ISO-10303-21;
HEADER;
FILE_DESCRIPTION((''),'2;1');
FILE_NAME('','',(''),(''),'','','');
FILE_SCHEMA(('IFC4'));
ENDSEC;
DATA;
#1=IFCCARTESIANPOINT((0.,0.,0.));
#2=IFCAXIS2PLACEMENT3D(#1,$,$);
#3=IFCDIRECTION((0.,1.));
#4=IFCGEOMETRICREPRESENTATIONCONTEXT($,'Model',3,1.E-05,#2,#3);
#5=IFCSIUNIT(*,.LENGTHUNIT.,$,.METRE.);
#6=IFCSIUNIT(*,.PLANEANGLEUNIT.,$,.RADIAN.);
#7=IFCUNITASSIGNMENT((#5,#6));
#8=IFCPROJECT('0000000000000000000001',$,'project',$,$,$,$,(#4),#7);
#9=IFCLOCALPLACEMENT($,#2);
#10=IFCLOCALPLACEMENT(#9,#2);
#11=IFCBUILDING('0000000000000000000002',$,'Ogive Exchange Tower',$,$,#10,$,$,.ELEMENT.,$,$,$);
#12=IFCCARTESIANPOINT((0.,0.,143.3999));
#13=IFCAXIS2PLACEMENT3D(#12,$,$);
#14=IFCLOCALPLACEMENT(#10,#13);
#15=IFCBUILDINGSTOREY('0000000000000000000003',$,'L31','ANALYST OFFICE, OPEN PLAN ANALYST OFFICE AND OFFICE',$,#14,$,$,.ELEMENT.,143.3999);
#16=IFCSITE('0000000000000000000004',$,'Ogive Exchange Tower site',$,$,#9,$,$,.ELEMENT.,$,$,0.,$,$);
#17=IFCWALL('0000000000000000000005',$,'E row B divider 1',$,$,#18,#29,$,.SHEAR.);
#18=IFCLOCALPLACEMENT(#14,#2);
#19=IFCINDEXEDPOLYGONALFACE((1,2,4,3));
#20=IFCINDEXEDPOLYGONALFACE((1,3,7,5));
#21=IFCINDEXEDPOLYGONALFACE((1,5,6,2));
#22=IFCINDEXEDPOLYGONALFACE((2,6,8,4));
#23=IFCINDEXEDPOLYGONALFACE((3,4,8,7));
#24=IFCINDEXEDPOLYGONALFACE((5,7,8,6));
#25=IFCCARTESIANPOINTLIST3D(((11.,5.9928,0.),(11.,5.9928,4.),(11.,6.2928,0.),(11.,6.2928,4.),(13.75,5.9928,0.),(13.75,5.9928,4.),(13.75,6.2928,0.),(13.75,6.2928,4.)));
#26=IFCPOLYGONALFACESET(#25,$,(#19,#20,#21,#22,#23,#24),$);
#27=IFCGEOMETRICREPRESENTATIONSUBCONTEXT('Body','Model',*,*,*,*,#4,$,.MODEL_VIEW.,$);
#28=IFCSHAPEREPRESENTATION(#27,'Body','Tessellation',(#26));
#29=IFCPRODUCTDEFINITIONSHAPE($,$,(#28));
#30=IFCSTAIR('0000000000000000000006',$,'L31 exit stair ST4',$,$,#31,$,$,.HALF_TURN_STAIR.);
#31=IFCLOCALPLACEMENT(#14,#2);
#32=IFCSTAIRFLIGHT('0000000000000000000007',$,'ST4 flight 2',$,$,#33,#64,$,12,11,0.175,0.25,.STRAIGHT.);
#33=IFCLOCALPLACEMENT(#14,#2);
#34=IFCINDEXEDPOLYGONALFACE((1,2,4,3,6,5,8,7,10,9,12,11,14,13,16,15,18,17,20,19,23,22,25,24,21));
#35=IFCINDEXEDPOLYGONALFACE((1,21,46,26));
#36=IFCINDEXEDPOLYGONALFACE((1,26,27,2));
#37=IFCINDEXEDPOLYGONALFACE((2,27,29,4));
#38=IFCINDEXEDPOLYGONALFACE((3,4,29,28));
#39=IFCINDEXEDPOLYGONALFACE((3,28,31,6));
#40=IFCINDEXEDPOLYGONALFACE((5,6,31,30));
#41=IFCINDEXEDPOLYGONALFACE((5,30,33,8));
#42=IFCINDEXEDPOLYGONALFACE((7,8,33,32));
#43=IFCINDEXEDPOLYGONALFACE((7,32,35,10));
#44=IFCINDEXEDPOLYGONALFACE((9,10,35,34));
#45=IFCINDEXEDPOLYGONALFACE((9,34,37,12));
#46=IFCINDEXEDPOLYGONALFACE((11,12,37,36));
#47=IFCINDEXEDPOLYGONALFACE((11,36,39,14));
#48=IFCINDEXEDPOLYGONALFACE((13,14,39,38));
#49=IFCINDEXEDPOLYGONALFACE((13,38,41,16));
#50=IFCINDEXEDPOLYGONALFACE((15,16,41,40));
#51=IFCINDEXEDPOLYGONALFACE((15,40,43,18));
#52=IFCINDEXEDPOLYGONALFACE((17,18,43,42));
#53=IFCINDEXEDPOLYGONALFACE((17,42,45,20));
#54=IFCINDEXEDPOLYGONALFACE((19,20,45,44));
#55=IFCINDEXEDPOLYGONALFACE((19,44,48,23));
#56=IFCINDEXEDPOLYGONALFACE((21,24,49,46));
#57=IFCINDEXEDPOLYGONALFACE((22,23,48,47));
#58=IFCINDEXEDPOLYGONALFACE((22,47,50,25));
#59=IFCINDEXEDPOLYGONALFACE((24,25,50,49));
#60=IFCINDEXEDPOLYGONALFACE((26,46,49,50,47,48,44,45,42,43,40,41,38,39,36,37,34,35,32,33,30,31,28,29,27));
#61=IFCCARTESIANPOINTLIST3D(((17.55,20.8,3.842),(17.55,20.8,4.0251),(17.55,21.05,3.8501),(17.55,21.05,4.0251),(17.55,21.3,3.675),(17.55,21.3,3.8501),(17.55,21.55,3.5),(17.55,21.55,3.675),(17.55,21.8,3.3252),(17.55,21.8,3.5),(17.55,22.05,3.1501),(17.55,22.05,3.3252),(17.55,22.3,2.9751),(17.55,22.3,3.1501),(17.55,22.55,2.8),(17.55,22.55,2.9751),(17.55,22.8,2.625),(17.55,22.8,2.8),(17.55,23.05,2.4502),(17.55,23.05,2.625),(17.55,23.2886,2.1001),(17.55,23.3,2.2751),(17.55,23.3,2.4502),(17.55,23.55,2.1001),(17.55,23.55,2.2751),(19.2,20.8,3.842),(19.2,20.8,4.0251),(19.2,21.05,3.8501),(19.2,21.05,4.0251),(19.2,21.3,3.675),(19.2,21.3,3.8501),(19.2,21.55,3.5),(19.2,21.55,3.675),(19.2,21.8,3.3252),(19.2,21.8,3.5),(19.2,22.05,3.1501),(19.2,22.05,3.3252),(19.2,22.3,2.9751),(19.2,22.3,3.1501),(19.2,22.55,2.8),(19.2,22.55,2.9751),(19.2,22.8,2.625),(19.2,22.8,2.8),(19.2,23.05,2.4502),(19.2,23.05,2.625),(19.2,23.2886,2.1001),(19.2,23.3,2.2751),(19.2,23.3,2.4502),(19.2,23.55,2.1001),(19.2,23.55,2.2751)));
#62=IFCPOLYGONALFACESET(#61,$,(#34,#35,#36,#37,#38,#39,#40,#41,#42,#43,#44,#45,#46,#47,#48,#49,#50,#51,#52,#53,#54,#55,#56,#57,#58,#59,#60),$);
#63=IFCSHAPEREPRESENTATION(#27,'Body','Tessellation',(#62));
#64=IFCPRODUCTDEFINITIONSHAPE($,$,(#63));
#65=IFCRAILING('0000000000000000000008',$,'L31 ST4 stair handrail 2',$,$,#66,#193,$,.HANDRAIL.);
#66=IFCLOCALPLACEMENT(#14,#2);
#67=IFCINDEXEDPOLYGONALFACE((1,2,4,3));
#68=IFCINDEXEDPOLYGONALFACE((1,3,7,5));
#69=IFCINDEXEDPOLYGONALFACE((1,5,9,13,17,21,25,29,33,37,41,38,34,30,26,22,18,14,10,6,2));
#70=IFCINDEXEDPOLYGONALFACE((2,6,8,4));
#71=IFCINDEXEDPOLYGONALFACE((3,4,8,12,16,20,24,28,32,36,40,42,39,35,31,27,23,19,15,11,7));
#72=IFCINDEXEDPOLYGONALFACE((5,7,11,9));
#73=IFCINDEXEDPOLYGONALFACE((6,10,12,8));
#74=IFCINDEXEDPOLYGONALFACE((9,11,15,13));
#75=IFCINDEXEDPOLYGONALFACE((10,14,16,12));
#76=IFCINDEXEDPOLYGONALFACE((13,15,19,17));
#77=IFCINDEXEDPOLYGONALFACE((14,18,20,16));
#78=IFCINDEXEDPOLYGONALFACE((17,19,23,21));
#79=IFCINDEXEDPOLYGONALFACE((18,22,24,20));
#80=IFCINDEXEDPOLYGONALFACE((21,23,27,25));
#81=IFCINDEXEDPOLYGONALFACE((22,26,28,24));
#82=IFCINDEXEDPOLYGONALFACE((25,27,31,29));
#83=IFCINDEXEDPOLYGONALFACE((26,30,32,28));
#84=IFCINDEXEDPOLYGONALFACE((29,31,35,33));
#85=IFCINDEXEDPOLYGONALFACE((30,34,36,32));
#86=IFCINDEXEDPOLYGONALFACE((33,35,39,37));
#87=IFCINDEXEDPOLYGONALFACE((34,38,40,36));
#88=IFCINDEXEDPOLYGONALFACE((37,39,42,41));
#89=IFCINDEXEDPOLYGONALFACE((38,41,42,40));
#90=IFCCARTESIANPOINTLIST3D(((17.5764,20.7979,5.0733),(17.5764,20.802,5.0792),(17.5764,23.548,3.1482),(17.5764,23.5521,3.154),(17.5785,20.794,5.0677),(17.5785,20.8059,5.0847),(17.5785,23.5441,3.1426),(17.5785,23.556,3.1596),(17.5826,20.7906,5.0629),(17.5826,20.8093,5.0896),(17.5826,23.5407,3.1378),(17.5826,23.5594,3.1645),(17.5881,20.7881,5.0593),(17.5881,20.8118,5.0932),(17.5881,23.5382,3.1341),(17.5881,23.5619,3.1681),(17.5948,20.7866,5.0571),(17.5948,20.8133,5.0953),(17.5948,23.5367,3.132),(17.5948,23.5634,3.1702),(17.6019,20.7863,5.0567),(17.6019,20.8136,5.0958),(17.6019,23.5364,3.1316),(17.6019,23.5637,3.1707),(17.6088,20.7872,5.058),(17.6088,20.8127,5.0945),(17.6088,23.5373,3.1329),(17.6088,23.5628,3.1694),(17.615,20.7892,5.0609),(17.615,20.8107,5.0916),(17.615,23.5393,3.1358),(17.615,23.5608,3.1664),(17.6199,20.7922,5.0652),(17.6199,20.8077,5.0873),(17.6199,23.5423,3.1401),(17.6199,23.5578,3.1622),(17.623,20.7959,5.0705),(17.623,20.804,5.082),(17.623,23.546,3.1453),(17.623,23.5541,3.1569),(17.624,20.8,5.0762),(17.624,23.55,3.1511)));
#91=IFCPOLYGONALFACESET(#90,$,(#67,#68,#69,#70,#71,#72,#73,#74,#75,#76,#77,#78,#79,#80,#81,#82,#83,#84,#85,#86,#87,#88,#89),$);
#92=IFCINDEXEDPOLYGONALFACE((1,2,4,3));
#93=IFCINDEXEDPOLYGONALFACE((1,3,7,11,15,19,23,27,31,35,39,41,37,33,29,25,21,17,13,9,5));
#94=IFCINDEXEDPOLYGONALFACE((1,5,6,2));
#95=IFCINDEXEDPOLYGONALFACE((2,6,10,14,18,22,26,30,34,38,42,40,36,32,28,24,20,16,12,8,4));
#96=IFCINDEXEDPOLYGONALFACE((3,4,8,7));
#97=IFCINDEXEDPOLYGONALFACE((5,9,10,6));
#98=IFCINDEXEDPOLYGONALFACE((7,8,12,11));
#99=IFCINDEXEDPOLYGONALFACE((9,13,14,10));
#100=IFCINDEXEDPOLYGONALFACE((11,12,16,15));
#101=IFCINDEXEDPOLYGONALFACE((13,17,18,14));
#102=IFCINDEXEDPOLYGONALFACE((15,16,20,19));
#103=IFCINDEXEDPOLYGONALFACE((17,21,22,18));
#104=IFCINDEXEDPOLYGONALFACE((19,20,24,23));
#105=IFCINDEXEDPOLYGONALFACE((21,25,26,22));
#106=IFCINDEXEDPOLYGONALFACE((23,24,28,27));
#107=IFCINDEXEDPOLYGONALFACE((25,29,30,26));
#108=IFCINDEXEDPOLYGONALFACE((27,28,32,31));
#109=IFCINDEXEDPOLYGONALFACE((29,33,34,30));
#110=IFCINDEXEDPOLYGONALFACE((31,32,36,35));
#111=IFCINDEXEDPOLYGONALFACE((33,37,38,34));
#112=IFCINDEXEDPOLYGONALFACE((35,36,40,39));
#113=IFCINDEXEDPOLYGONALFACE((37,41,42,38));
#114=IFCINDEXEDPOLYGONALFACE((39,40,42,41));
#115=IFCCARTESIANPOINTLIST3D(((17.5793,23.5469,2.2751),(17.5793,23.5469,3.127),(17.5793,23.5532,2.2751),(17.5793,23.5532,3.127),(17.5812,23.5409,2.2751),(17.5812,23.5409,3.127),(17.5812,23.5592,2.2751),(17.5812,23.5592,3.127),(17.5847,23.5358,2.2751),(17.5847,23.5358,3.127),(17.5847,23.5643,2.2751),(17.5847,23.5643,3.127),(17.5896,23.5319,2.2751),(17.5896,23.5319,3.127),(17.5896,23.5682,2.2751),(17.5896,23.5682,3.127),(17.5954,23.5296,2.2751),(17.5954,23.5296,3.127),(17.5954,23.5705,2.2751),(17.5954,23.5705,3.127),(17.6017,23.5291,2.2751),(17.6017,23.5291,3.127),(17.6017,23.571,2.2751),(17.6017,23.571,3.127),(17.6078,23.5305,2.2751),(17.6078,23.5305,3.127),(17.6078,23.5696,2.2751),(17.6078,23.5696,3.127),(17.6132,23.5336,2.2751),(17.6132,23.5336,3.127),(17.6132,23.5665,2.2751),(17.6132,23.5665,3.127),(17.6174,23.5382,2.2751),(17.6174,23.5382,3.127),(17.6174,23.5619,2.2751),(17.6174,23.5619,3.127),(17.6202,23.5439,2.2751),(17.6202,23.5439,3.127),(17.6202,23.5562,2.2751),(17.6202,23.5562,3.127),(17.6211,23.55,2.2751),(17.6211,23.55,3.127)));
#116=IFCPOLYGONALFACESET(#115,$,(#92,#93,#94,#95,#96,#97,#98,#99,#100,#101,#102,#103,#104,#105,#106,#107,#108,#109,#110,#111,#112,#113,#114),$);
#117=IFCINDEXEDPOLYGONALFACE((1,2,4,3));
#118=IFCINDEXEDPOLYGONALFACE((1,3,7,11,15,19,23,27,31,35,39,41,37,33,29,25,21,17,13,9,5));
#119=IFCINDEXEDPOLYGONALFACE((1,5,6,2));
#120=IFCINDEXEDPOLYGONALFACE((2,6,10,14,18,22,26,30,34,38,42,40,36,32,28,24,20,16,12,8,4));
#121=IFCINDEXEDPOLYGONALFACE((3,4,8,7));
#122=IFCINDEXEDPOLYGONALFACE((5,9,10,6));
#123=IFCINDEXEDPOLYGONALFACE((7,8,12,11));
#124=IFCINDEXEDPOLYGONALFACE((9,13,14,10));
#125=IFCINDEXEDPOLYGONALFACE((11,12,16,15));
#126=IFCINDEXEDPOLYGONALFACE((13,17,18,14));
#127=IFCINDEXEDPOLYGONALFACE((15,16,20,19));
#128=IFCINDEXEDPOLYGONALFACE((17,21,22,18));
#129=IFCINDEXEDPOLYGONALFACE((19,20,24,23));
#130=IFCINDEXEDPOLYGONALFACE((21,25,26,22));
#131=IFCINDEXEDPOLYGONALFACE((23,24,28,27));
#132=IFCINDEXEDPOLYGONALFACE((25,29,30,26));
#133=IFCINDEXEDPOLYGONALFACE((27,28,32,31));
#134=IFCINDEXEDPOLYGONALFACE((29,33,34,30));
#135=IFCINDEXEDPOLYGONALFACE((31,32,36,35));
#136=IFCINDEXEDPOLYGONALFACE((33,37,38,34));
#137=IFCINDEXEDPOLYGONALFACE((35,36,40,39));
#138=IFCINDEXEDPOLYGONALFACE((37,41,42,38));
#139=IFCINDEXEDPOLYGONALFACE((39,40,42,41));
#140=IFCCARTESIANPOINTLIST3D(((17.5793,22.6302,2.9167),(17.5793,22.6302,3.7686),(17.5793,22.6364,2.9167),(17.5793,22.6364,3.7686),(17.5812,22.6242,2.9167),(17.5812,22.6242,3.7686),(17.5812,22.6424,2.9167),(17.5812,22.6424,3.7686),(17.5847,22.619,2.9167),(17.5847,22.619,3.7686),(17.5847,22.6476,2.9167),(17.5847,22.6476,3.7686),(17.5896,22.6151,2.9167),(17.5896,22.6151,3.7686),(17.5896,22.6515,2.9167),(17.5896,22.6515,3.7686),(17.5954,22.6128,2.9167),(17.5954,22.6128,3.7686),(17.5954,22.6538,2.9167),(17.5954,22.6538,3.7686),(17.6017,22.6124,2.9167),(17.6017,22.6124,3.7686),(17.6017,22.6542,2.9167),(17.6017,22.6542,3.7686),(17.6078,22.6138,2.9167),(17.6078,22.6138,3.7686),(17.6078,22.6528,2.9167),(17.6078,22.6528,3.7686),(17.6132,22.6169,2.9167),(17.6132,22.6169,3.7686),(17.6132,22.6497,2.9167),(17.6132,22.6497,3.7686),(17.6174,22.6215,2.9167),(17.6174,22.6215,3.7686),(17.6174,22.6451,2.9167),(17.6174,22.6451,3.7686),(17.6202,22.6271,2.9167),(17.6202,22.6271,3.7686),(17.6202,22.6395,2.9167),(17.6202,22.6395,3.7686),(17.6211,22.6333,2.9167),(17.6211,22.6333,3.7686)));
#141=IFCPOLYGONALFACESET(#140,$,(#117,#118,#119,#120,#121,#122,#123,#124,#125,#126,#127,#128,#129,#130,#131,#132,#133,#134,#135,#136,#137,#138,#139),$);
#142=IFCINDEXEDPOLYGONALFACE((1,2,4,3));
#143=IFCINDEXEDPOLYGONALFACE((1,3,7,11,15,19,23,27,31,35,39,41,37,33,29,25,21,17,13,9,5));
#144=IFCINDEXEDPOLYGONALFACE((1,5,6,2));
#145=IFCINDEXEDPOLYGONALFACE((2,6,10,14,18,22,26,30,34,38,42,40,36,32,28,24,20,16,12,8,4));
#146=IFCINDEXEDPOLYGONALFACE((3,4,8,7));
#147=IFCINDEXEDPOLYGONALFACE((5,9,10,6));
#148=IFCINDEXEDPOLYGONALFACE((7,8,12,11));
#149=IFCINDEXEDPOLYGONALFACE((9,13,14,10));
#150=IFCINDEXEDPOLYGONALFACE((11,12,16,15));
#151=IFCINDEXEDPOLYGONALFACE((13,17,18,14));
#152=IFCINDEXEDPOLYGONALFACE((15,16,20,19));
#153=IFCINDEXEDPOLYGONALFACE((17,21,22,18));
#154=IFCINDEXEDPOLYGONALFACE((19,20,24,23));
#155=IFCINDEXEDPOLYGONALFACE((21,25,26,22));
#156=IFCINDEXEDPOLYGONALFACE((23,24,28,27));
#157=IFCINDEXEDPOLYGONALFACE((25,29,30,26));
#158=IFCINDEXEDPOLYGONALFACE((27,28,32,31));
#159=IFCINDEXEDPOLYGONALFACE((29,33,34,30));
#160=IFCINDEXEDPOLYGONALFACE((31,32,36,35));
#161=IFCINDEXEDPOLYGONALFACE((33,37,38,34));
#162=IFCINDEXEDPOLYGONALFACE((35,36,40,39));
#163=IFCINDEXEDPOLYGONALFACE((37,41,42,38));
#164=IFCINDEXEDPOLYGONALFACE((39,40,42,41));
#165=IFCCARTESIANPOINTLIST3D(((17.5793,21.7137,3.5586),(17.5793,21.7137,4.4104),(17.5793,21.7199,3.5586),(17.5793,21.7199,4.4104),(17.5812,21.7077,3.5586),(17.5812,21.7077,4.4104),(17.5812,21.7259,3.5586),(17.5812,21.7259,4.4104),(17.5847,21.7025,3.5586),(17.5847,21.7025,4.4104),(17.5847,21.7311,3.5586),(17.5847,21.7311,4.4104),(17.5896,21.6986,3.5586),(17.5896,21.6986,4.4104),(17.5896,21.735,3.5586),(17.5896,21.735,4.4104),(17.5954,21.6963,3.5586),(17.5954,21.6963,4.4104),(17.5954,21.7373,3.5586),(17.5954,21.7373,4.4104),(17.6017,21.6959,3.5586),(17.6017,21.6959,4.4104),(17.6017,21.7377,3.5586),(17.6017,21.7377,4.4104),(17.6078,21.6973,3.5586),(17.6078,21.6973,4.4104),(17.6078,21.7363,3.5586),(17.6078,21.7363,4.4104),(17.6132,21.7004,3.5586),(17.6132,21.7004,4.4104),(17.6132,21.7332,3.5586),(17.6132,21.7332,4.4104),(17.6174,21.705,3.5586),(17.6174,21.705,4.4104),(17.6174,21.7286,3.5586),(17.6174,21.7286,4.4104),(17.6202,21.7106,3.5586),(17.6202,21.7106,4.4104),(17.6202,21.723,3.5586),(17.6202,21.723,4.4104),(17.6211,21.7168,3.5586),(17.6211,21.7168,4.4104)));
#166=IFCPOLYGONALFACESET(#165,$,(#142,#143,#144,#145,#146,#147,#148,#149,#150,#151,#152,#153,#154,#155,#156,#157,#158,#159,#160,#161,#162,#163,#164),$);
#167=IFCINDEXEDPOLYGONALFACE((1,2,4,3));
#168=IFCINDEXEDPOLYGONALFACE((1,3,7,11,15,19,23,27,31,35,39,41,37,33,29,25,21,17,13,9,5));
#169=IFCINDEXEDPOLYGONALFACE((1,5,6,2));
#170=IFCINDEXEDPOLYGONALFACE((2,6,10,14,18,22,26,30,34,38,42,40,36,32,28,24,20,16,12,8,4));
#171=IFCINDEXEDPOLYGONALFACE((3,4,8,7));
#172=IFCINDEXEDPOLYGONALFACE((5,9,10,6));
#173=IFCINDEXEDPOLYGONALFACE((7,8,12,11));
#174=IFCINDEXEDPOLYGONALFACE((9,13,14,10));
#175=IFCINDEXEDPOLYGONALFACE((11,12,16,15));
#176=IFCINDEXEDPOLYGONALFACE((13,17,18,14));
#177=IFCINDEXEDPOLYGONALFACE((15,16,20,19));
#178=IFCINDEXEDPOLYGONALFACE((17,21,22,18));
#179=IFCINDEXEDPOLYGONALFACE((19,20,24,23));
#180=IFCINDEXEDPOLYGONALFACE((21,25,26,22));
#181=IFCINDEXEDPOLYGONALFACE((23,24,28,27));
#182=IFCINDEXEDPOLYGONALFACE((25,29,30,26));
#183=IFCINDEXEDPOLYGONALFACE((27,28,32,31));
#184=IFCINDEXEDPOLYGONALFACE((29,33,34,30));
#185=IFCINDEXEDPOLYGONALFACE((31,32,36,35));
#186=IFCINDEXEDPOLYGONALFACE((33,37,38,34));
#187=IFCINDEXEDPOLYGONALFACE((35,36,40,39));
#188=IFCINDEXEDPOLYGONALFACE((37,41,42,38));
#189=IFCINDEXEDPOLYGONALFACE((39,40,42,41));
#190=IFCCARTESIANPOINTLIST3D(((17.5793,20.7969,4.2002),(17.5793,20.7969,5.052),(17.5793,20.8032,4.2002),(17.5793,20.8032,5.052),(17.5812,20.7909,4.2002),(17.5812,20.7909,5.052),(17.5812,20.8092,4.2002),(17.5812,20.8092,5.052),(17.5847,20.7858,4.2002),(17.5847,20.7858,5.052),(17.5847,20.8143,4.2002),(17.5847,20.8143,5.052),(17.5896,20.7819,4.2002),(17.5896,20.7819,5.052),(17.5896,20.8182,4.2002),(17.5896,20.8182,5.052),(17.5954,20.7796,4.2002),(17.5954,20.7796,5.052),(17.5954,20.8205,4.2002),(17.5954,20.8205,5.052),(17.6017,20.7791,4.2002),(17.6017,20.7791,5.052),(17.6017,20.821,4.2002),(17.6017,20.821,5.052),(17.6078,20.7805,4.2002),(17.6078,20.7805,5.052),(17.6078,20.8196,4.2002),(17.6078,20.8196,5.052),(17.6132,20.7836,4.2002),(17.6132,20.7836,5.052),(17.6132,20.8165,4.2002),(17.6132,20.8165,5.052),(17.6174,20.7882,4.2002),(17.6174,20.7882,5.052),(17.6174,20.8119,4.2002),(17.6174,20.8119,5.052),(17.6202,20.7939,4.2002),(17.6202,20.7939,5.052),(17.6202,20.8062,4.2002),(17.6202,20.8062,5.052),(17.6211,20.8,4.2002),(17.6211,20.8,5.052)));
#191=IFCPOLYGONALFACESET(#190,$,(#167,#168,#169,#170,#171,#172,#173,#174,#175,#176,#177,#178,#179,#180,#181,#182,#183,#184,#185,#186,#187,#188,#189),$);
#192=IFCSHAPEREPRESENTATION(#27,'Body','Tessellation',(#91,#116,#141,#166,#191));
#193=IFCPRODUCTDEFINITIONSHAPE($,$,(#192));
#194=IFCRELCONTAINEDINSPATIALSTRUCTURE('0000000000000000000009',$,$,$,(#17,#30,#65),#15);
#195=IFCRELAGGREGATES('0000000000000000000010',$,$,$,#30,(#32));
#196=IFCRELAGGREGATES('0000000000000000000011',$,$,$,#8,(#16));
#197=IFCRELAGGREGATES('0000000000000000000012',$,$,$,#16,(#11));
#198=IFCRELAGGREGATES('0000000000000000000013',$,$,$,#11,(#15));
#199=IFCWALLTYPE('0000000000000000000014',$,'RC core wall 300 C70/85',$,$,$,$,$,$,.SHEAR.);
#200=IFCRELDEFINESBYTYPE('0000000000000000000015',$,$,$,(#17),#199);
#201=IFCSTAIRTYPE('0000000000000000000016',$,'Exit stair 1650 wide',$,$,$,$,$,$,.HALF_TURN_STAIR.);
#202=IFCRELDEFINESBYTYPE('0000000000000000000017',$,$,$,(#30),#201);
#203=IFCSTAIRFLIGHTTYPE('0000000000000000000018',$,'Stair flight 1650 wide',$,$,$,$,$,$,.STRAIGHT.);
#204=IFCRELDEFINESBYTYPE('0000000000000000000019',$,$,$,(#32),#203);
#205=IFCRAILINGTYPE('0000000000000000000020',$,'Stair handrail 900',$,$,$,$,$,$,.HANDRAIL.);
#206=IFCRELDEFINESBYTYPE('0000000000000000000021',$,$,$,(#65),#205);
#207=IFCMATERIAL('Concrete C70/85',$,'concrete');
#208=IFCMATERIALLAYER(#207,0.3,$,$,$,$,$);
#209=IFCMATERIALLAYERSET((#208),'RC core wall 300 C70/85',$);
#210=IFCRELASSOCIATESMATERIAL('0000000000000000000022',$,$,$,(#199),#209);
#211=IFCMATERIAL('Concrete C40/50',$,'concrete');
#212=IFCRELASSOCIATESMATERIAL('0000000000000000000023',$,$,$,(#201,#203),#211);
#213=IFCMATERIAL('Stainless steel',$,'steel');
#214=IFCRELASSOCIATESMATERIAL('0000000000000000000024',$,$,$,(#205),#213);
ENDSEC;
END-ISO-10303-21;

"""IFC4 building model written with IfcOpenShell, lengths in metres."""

from ifc_helpers import new_model, si_unit, direction, frame, frame_2d, origin, origin_2d, place, context, subcontext, project, spatial, polyline, rectangle, circle, outline, extrude, material, layer, layer_set, type_object, element, aggregate, save


model = new_model("IFC4")

# Units and contexts
model_context = context("Model", 3, precision=1e-05, world=origin(), true_north=direction((0.0, 1.0)))
body_context = subcontext(model_context, "Body", "Model", "MODEL_VIEW")
ifc_project = project(units=[si_unit("LENGTHUNIT", "METRE"), si_unit("PLANEANGLEUNIT", "RADIAN")], contexts=[model_context])

# Site, building, storey
site_placement = place(None, origin())
site = spatial("IfcSite", under=ifc_project, at=site_placement, Name="Ogive Exchange Tower site", CompositionType="ELEMENT", RefElevation=0.0)
building_placement = place(site_placement, origin())
building = spatial("IfcBuilding", under=site, at=building_placement, Name="Ogive Exchange Tower", CompositionType="ELEMENT")
storey_placement = place(building_placement, frame((0.0, 0.0, 143.3999)))
storey = spatial("IfcBuildingStorey", under=building, at=storey_placement, Name="L31", Description="ANALYST OFFICE, OPEN PLAN ANALYST OFFICE AND OFFICE", CompositionType="ELEMENT", Elevation=143.3999)

# Shared definitions
ifc_material_1 = material(Name="Concrete C70/85", Category="concrete")

# Wall
ifc_layer_1 = layer(ifc_material_1, 0.3)
ifc_layer_set_1 = layer_set([ifc_layer_1], Name="RC core wall 300 C70/85")
wall_type_1 = type_object("IfcWallType", Name="RC core wall 300 C70/85", PredefinedType="SHEAR", material=ifc_layer_set_1)
for number, where, z_axis, x_axis, name in (
    (1, (11.0, 6.1428, 0.0), (0.0, 0.0, 1.0), (1.0, 0.0, 0.0), "E row B divider 1"),
):
    element("IfcWall", number, at=place(storey_placement, frame(where, z_axis=z_axis, x_axis=x_axis)), inside=storey, type_object=wall_type_1, Name=name, PredefinedType="SHEAR", context=body_context, shape_type="SweptSolid", body=[
        extrude(rectangle(XDim=2.75, YDim=0.3, at=frame_2d((1.375, 0.0))), origin(), (0.0, 0.0, 1.0), 4.0),
    ])

# Stair, stair flight
ifc_material_2 = material(Name="Concrete C40/50", Category="concrete")
stair_type = type_object("IfcStairType", Name="Exit stair 1650 wide", PredefinedType="HALF_TURN_STAIR", material=ifc_material_2)
stair_placement = place(storey_placement, origin())
stair = element("IfcStair", 2, at=stair_placement, inside=storey, type_object=stair_type, Name="L31 exit stair ST4", PredefinedType="HALF_TURN_STAIR")
stair_flight_type = type_object("IfcStairFlightType", Name="Stair flight 1650 wide", PredefinedType="STRAIGHT", material=ifc_material_2)
stair_flight_placement = place(storey_placement, frame((18.375, 23.55, 2.1001), z_axis=(0.0, 0.0, 1.0), x_axis=(0.0, -1.0, 0.0)))
stair_flight = element("IfcStairFlight", 3, at=stair_flight_placement, type_object=stair_flight_type, Name="ST4 flight 2", NumberOfRisers=12, NumberOfTreads=11, PredefinedType="STRAIGHT", RiserHeight=0.175, TreadLength=0.25, context=body_context, shape_type="SweptSolid", body=[
    extrude(outline(polyline([(0.0, 0.0), (0.0, 0.175), (0.25, 0.175), (0.25, 0.3501), (0.5, 0.3501), (0.5, 0.5249), (0.75, 0.5249), (0.75, 0.7), (1.0, 0.7), (1.0, 0.875), (1.25, 0.875), (1.25, 1.05), (1.5, 1.05), (1.5, 1.2251), (1.75, 1.2251), (1.75, 1.3999), (2.0, 1.3999), (2.0, 1.575), (2.25, 1.575), (2.25, 1.75), (2.5, 1.75), (2.5, 1.925), (2.75, 1.925), (2.75, 2.1001), (2.75, 1.7419), (0.2615, 0.0), (0.0, 0.0)])), frame((0.0, 0.825, 0.0), z_axis=(0.0, -1.0, 0.0), x_axis=(1.0, 0.0, 0.0)), (0.0, 0.0, 1.0), 1.6499),
])
aggregate(stair, [stair_flight])

# Railing
ifc_material_3 = material(Name="Stainless steel", Category="steel")
railing_type = type_object("IfcRailingType", Name="Stair handrail 900", PredefinedType="HANDRAIL", material=ifc_material_3)
railing_placement = place(storey_placement, frame((17.6001, 23.55, 2.2751)))
element("IfcRailing", 4, at=railing_placement, inside=storey, type_object=railing_type, Name="L31 ST4 stair handrail 2", PredefinedType="HANDRAIL", context=body_context, shape_type="SweptSolid", body=[
    extrude(circle(Radius=0.0239, at=origin_2d()), frame((0.0, 0.0, 0.876), z_axis=(0.0, -0.819225, 0.573472), x_axis=(1.0, 0.0, 0.0)), (0.0, 0.0, 1.0), 3.3569),
    extrude(circle(Radius=0.021, at=origin_2d()), origin(), (0.0, 0.0, 1.0), 0.8518),
    extrude(circle(Radius=0.021, at=origin_2d()), frame((0.0, -0.9167, 0.6416)), (0.0, 0.0, 1.0), 0.8518),
    extrude(circle(Radius=0.021, at=origin_2d()), frame((0.0, -1.8333, 1.2834)), (0.0, 0.0, 1.0), 0.8518),
    extrude(circle(Radius=0.021, at=origin_2d()), frame((0.0, -2.75, 1.925)), (0.0, 0.0, 1.0), 0.8518),
])

save(model, "model.ifc")
